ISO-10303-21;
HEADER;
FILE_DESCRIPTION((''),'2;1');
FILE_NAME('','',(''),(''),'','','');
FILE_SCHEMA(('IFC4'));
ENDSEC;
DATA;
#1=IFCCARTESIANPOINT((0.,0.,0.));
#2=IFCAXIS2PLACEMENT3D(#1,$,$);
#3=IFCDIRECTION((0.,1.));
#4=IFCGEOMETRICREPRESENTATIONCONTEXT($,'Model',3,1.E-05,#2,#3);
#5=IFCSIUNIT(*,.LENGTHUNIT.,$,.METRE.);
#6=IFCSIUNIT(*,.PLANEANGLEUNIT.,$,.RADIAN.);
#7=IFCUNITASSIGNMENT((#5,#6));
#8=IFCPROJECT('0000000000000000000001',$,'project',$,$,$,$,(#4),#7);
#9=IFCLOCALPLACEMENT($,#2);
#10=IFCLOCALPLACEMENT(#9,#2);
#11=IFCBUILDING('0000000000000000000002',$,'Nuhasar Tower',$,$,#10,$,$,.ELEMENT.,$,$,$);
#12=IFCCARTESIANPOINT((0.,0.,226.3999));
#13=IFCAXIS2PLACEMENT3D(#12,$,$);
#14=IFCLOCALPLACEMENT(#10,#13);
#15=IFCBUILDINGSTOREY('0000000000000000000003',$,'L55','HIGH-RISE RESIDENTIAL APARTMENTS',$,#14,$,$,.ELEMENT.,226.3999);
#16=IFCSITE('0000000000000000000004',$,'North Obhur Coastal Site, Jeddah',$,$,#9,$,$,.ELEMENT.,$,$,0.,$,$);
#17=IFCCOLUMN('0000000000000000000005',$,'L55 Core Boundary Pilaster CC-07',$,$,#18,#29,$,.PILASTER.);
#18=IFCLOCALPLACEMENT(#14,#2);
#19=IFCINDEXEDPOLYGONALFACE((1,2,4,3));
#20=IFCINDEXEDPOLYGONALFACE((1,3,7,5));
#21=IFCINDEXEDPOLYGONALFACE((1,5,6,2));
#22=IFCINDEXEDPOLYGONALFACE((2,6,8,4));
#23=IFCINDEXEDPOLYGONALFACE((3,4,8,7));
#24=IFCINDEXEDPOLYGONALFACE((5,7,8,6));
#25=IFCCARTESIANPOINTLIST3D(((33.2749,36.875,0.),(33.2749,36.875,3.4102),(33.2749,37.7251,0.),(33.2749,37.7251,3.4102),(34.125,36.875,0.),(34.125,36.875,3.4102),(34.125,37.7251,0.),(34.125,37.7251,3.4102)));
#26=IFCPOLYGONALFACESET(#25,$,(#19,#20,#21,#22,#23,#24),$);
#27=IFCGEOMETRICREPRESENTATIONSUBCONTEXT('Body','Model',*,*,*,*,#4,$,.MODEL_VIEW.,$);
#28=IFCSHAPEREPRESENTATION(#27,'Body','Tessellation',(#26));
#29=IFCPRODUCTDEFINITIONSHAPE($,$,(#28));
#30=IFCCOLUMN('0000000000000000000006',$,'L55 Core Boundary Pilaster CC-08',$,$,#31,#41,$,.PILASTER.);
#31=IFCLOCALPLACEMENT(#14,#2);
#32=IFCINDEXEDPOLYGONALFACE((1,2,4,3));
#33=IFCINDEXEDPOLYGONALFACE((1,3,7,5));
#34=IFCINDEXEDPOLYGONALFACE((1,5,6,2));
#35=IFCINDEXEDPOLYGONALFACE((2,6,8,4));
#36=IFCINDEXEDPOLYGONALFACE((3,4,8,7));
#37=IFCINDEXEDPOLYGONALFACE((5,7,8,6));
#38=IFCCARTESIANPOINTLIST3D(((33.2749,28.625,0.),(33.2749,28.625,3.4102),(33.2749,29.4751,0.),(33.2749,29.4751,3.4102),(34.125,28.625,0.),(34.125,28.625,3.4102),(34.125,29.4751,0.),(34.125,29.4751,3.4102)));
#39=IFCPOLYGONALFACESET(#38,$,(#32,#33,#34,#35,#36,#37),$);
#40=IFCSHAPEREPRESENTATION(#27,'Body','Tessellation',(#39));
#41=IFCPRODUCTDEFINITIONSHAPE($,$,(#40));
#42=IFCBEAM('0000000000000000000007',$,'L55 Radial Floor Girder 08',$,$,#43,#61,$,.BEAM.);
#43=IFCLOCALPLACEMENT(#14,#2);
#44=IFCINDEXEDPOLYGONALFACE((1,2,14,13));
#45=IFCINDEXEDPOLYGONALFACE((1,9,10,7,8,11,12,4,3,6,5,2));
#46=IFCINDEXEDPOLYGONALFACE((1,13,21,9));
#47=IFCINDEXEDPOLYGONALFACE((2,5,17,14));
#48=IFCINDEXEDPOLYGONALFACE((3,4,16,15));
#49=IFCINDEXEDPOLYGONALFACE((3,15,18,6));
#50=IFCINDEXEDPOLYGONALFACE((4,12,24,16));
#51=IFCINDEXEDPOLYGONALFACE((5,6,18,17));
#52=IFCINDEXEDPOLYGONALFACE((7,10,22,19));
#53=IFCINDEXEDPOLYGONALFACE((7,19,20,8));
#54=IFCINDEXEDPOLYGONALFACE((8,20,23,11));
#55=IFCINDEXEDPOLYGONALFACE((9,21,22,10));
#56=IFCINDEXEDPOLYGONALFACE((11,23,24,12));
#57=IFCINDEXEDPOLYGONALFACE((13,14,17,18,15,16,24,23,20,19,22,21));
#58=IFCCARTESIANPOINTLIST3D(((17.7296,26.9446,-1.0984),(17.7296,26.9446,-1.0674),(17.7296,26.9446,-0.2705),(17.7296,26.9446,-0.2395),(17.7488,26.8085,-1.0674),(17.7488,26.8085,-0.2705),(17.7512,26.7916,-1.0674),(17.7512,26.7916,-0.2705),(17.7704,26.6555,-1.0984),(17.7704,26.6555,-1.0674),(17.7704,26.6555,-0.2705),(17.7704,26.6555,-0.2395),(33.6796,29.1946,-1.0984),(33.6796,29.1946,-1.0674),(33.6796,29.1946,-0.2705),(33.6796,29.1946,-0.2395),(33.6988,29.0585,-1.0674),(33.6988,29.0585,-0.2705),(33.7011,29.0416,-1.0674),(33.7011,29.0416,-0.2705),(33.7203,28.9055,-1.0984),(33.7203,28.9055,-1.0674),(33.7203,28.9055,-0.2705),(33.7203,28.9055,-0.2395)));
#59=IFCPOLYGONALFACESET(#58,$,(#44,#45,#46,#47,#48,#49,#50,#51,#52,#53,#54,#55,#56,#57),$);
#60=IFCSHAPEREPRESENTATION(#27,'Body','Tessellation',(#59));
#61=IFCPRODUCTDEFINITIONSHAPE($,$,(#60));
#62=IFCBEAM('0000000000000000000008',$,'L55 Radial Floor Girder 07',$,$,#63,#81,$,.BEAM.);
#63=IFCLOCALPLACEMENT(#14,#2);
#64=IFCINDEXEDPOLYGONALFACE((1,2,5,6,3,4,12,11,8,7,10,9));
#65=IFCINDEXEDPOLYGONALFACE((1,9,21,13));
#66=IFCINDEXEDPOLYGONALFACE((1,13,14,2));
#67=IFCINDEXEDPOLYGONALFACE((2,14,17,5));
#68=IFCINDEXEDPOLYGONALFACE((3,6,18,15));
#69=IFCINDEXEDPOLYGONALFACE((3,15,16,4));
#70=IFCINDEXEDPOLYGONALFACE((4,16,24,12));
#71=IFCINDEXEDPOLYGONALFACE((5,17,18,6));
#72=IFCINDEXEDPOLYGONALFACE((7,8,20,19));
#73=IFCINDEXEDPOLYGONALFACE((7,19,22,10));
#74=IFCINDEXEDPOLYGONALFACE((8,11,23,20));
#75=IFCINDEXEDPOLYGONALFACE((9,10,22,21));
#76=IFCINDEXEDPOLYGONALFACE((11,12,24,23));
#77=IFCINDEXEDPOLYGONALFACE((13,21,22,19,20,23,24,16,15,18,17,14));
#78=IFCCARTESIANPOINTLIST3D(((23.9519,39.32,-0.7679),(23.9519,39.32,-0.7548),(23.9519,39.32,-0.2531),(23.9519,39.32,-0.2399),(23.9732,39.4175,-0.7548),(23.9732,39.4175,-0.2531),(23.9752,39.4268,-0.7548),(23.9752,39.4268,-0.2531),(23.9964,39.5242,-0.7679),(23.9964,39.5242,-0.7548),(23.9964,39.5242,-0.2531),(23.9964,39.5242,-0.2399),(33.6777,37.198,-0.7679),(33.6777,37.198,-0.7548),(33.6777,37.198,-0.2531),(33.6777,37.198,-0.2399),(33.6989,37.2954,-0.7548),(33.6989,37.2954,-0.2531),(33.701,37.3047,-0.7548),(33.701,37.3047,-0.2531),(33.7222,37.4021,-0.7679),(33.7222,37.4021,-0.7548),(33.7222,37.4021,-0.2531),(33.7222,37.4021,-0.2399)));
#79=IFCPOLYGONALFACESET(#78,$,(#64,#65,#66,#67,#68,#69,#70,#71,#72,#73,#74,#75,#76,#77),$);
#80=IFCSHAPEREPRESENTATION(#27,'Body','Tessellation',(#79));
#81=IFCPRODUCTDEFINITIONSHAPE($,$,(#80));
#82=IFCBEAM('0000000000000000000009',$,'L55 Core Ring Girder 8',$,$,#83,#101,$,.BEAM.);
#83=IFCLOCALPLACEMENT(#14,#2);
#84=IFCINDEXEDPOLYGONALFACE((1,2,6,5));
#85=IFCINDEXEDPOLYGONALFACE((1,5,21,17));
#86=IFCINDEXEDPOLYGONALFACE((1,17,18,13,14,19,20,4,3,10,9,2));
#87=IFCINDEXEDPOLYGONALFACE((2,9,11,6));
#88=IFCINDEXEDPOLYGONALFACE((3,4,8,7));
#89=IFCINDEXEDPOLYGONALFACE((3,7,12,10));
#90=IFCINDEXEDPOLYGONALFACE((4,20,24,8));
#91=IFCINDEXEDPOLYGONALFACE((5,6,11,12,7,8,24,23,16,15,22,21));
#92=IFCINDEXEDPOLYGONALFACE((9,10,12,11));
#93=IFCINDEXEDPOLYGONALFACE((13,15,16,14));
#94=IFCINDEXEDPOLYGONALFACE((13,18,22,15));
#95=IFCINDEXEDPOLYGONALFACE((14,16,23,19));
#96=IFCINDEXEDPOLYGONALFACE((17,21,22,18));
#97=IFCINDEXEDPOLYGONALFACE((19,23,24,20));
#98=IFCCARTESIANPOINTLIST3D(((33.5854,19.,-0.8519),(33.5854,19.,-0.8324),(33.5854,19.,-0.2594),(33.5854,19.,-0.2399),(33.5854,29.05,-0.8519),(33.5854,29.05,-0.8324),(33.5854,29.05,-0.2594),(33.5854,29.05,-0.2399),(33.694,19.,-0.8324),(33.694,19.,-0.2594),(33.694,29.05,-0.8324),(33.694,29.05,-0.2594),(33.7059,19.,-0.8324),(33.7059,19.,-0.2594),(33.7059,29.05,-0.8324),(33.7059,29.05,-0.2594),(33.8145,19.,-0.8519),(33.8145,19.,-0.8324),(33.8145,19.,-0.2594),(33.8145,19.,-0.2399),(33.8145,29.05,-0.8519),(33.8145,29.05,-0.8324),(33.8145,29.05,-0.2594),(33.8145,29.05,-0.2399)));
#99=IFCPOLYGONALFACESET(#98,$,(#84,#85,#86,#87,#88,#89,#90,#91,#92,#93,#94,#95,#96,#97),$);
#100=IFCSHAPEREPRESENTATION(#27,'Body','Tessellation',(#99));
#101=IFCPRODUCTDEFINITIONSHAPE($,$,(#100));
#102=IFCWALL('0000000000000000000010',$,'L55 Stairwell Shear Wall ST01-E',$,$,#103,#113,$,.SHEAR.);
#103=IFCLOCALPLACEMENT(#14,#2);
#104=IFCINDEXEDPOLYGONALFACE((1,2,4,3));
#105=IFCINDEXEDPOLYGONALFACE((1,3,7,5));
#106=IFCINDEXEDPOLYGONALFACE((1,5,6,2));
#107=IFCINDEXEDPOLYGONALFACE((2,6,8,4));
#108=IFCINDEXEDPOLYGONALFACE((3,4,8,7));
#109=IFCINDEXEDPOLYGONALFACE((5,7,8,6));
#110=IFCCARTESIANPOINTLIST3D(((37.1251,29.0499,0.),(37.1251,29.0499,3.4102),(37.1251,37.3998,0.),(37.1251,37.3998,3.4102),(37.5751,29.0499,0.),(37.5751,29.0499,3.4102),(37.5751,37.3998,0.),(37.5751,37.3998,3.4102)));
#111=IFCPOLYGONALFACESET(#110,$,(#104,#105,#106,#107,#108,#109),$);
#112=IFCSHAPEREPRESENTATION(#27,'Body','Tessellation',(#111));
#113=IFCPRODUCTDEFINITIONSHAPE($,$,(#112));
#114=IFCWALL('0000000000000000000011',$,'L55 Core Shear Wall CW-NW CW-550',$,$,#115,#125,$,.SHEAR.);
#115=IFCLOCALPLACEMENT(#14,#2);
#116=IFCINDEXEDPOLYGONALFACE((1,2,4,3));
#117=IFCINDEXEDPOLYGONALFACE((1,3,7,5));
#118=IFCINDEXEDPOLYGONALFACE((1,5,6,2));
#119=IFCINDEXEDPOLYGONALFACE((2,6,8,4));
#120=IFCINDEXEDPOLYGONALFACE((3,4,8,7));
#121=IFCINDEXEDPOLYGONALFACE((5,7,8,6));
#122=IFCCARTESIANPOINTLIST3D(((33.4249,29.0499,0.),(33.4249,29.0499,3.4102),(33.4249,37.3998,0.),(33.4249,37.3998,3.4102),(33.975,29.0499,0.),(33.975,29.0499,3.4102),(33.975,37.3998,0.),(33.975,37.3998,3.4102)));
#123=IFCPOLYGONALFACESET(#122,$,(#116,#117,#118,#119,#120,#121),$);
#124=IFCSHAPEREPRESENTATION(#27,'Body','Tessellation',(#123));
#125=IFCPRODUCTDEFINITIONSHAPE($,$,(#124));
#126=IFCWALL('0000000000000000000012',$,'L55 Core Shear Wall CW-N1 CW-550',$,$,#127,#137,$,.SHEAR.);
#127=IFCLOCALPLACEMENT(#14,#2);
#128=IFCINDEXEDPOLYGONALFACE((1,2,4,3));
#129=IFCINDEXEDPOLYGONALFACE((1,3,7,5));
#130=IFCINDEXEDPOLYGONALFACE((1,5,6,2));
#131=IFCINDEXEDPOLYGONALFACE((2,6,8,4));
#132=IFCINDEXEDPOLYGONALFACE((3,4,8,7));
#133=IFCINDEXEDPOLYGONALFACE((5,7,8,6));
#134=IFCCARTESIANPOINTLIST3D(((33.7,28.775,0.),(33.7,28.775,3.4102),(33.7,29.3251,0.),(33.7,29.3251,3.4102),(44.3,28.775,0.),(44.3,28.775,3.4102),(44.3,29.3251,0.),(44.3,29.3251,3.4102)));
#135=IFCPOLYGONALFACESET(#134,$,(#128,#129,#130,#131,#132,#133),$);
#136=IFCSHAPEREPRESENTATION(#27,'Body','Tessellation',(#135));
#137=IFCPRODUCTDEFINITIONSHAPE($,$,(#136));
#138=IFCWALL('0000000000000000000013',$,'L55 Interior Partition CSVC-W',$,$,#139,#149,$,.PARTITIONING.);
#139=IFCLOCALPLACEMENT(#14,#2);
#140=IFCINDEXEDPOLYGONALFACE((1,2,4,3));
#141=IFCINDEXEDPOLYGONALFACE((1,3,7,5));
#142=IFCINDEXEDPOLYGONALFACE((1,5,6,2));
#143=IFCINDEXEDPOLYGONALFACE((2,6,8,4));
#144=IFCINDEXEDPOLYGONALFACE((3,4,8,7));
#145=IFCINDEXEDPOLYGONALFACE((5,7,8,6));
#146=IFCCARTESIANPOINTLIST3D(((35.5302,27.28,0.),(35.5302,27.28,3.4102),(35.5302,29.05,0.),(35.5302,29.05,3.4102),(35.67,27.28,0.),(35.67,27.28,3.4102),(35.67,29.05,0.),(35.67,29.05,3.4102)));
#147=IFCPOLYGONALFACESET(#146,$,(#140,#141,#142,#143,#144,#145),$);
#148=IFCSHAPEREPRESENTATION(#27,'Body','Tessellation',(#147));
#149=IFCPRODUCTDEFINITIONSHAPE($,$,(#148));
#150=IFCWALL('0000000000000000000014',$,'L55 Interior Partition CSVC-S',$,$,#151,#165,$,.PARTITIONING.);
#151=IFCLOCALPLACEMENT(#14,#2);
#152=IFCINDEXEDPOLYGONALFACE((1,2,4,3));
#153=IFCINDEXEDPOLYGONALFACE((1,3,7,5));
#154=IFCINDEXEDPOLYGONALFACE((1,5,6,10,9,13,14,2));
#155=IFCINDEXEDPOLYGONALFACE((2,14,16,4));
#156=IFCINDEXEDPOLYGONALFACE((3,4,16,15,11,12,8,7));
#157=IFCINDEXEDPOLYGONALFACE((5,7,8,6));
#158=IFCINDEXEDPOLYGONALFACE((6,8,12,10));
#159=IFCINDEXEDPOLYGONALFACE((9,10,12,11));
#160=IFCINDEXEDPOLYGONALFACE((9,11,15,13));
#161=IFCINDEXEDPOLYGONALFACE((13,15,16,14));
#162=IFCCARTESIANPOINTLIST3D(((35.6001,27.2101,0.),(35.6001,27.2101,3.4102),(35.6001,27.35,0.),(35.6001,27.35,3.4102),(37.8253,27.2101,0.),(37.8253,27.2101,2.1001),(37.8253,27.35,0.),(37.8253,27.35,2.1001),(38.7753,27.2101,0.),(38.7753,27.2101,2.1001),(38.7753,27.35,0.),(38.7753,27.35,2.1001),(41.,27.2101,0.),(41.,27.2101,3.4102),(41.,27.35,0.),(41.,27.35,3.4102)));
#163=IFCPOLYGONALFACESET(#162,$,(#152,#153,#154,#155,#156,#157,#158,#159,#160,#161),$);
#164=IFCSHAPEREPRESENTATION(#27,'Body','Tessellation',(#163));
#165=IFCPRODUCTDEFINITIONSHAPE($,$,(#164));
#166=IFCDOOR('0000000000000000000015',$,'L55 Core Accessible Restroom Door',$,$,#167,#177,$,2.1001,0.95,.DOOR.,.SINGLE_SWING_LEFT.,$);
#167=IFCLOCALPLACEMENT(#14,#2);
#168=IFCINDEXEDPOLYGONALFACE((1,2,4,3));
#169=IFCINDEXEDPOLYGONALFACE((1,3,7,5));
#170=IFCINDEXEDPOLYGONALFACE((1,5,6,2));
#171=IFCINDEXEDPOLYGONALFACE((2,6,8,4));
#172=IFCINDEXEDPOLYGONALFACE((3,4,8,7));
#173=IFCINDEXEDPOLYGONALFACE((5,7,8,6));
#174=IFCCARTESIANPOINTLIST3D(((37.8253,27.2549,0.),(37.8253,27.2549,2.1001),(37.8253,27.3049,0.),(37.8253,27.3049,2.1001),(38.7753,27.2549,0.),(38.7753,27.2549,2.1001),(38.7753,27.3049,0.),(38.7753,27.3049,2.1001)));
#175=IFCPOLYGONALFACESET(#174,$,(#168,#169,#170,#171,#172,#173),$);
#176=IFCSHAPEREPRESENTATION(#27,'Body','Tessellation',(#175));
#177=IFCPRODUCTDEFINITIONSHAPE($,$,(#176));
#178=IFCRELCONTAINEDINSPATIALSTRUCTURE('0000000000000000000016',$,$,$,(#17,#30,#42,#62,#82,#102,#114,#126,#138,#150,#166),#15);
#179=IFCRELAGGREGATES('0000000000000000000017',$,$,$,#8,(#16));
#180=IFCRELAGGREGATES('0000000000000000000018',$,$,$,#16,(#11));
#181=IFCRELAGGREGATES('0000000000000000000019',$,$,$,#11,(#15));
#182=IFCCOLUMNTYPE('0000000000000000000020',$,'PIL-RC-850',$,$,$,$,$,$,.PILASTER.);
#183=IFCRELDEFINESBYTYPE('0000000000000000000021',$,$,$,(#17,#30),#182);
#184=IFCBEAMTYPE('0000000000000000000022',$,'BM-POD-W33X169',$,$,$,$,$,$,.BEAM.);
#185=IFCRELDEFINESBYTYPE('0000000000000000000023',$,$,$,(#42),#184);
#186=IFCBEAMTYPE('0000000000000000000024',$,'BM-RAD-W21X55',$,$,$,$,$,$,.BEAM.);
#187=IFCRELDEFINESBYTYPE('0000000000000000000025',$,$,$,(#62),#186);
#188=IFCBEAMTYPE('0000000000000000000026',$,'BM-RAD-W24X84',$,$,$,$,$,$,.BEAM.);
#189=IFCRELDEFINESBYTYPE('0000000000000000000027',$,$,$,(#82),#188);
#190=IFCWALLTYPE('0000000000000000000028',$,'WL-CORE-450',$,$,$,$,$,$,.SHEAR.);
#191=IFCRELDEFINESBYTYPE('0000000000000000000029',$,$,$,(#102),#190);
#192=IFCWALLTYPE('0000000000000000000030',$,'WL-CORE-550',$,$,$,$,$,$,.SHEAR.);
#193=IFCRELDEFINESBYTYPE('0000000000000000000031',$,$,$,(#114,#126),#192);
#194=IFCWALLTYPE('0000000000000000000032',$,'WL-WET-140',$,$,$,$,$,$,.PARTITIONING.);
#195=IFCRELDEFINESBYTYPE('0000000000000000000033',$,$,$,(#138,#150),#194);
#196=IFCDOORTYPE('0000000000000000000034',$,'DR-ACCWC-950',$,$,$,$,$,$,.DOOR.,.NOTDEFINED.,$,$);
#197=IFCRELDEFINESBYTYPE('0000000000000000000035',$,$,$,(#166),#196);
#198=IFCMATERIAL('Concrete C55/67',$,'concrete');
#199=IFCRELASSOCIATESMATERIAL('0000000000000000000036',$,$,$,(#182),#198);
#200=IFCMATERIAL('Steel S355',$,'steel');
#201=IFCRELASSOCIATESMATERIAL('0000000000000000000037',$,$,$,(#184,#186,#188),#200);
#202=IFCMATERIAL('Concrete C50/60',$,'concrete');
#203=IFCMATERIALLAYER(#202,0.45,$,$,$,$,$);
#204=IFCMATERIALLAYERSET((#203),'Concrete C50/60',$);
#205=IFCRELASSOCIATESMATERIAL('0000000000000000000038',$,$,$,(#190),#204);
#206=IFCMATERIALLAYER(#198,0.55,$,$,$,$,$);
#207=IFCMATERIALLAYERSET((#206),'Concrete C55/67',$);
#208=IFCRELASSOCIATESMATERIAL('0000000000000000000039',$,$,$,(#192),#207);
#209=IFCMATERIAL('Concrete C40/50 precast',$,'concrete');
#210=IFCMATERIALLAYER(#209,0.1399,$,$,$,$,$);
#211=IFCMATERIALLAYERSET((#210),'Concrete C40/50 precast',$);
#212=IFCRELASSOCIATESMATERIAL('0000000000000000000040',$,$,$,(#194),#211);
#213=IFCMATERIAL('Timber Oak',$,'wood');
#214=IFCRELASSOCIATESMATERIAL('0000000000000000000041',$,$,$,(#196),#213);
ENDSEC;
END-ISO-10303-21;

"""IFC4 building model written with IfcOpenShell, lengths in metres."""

from ifc_helpers import new_model, si_unit, direction, frame, frame_2d, origin, origin_2d, place, context, subcontext, project, spatial, rectangle, i_section, extrude, material, layer, layer_set, material_profile, profile_set, type_object, element, fill, save


model = new_model("IFC4")

# Units and contexts
model_context = context("Model", 3, precision=1e-05, world=origin(), true_north=direction((0.0, 1.0)))
body_context = subcontext(model_context, "Body", "Model", "MODEL_VIEW")
ifc_project = project(units=[si_unit("LENGTHUNIT", "METRE"), si_unit("PLANEANGLEUNIT", "RADIAN")], contexts=[model_context])

# Site, building, storey
site_placement = place(None, origin())
site = spatial("IfcSite", under=ifc_project, at=site_placement, Name="North Obhur Coastal Site, Jeddah", CompositionType="ELEMENT", RefElevation=0.0)
building_placement = place(site_placement, origin())
building = spatial("IfcBuilding", under=site, at=building_placement, Name="Nuhasar Tower", CompositionType="ELEMENT")
storey_placement = place(building_placement, frame((0.0, 0.0, 226.3999)))
storey = spatial("IfcBuildingStorey", under=building, at=storey_placement, Name="L55", Description="HIGH-RISE RESIDENTIAL APARTMENTS", CompositionType="ELEMENT", Elevation=226.3999)

# Columns
ifc_material_1 = material(Name="Concrete C55/67", Category="concrete")
ifc_material_profile_1 = material_profile(ifc_material_1, rectangle(XDim=0.8501, YDim=0.8501, at=origin_2d()), Name="RC850X850")
ifc_profile_set_1 = profile_set([ifc_material_profile_1], Name="Concrete C55/67")
column_type = type_object("IfcColumnType", Name="PIL-RC-850", PredefinedType="PILASTER", material=ifc_profile_set_1)
for number, where, z_axis, x_axis, name in (
    (1, (33.7, 37.3, 0.0), (0.0, 0.0, 1.0), (1.0, 0.0, 0.0), "L55 Core Boundary Pilaster CC-07"),
    (2, (33.7, 29.05, 0.0), (0.0, 0.0, 1.0), (1.0, 0.0, 0.0), "L55 Core Boundary Pilaster CC-08"),
):
    element("IfcColumn", number, at=place(storey_placement, frame(where, z_axis=z_axis, x_axis=x_axis)), inside=storey, type_object=column_type, Name=name, PredefinedType="PILASTER", context=body_context, shape_type="SweptSolid", body=[
        extrude(rectangle(XDim=0.8501, YDim=0.8501, at=origin_2d()), origin(), (0.0, 0.0, 1.0), 3.4102),
    ])

# Beams
ifc_material_2 = material(Name="Steel S355", Category="steel")
ifc_material_profile_2 = material_profile(ifc_material_2, i_section(OverallWidth=0.292, OverallDepth=0.8589, WebThickness=0.0171, FlangeThickness=0.031, at=origin_2d()), Name="W33X169")
ifc_profile_set_2 = profile_set([ifc_material_profile_2], Name="Steel S355")
beam_type_1 = type_object("IfcBeamType", Name="BM-POD-W33X169", PredefinedType="BEAM", material=ifc_profile_set_2)
beam_1_placement = place(storey_placement, frame((33.7, 29.05, -0.6689), z_axis=(-0.990196, -0.139683, 0.0), x_axis=(0.139683, -0.990196, 0.0)))
element("IfcBeam", 3, at=beam_1_placement, inside=storey, type_object=beam_type_1, Name="L55 Radial Floor Girder 08", PredefinedType="BEAM", context=body_context, shape_type="SweptSolid", body=[
    extrude(i_section(OverallWidth=0.292, OverallDepth=0.8589, WebThickness=0.0171, FlangeThickness=0.031, at=origin_2d()), origin(), (0.0, 0.0, 1.0), 16.1079),
])
ifc_material_profile_3 = material_profile(ifc_material_2, i_section(OverallWidth=0.209, OverallDepth=0.5281, WebThickness=0.0095, FlangeThickness=0.0132, at=origin_2d()), Name="W21X55")
ifc_profile_set_3 = profile_set([ifc_material_profile_3], Name="Steel S355")
beam_type_2 = type_object("IfcBeamType", Name="BM-RAD-W21X55", PredefinedType="BEAM", material=ifc_profile_set_3)
beam_2_placement = place(storey_placement, frame((33.7, 37.3, -0.5039), z_axis=(-0.977014, 0.213174, 0.0), x_axis=(-0.213174, -0.977014, 0.0)))
element("IfcBeam", 4, at=beam_2_placement, inside=storey, type_object=beam_type_2, Name="L55 Radial Floor Girder 07", PredefinedType="BEAM", context=body_context, shape_type="SweptSolid", body=[
    extrude(i_section(OverallWidth=0.209, OverallDepth=0.5281, WebThickness=0.0095, FlangeThickness=0.0132, at=origin_2d()), origin(), (0.0, 0.0, 1.0), 9.9546),
])
ifc_material_profile_4 = material_profile(ifc_material_2, i_section(OverallWidth=0.229, OverallDepth=0.6121, WebThickness=0.012, FlangeThickness=0.0195, at=origin_2d()), Name="W24X84")
ifc_profile_set_4 = profile_set([ifc_material_profile_4], Name="Steel S355")
beam_type_3 = type_object("IfcBeamType", Name="BM-RAD-W24X84", PredefinedType="BEAM", material=ifc_profile_set_4)
beam_3_placement = place(storey_placement, frame((33.7, 29.05, -0.5459), z_axis=(0.0, -1.0, 0.0), x_axis=(1.0, 0.0, 0.0)))
element("IfcBeam", 5, at=beam_3_placement, inside=storey, type_object=beam_type_3, Name="L55 Core Ring Girder 8", PredefinedType="BEAM", context=body_context, shape_type="SweptSolid", body=[
    extrude(i_section(OverallWidth=0.229, OverallDepth=0.6121, WebThickness=0.012, FlangeThickness=0.0195, at=origin_2d()), origin(), (0.0, 0.0, 1.0), 10.05),
])

# Walls
ifc_material_3 = material(Name="Concrete C50/60", Category="concrete")
ifc_layer_1 = layer(ifc_material_3, 0.45)
ifc_layer_set_1 = layer_set([ifc_layer_1], Name="Concrete C50/60")
wall_type_1 = type_object("IfcWallType", Name="WL-CORE-450", PredefinedType="SHEAR", material=ifc_layer_set_1)
wall_1_placement = place(storey_placement, frame((37.3501, 29.05, 0.0), z_axis=(0.0, 0.0, 1.0), x_axis=(0.0, 1.0, 0.0)))
element("IfcWall", 6, at=wall_1_placement, inside=storey, type_object=wall_type_1, Name="L55 Stairwell Shear Wall ST01-E", PredefinedType="SHEAR", context=body_context, shape_type="SweptSolid", body=[
    extrude(rectangle(XDim=8.3499, YDim=0.45, at=frame_2d((4.1748, 0.0))), origin(), (0.0, 0.0, 1.0), 3.4102),
])
ifc_layer_2 = layer(ifc_material_1, 0.55)
ifc_layer_set_2 = layer_set([ifc_layer_2], Name="Concrete C55/67")
wall_type_2 = type_object("IfcWallType", Name="WL-CORE-550", PredefinedType="SHEAR", material=ifc_layer_set_2)
wall_2_placement = place(storey_placement, frame((33.7, 29.05, 0.0), z_axis=(0.0, 0.0, 1.0), x_axis=(0.0, 1.0, 0.0)))
element("IfcWall", 7, at=wall_2_placement, inside=storey, type_object=wall_type_2, Name="L55 Core Shear Wall CW-NW CW-550", PredefinedType="SHEAR", context=body_context, shape_type="SweptSolid", body=[
    extrude(rectangle(XDim=8.3499, YDim=0.55, at=frame_2d((4.1748, 0.0))), origin(), (0.0, 0.0, 1.0), 3.4102),
])
wall_3_placement = place(storey_placement, frame((33.7, 29.05, 0.0), z_axis=(0.0, 0.0, 1.0), x_axis=(1.0, 0.0, 0.0)))
element("IfcWall", 8, at=wall_3_placement, inside=storey, type_object=wall_type_2, Name="L55 Core Shear Wall CW-N1 CW-550", PredefinedType="SHEAR", context=body_context, shape_type="SweptSolid", body=[
    extrude(rectangle(XDim=10.6001, YDim=0.55, at=frame_2d((5.3, 0.0))), origin(), (0.0, 0.0, 1.0), 3.4102),
])
ifc_material_4 = material(Name="Concrete C40/50 precast", Category="concrete")
ifc_layer_3 = layer(ifc_material_4, 0.1399)
ifc_layer_set_3 = layer_set([ifc_layer_3], Name="Concrete C40/50 precast")
wall_type_3 = type_object("IfcWallType", Name="WL-WET-140", PredefinedType="PARTITIONING", material=ifc_layer_set_3)
wall_4_placement = place(storey_placement, frame((35.6001, 27.28, 0.0), z_axis=(0.0, 0.0, 1.0), x_axis=(0.0, 1.0, 0.0)))
element("IfcWall", 9, at=wall_4_placement, inside=storey, type_object=wall_type_3, Name="L55 Interior Partition CSVC-W", PredefinedType="PARTITIONING", context=body_context, shape_type="SweptSolid", body=[
    extrude(rectangle(XDim=1.77, YDim=0.1399, at=frame_2d((0.885, 0.0))), origin(), (0.0, 0.0, 1.0), 3.4102),
])

# Wall, opening, door
wall_5_placement = place(storey_placement, frame((35.6001, 27.28, 0.0), z_axis=(0.0, 0.0, 1.0), x_axis=(1.0, 0.0, 0.0)))
wall_5 = element("IfcWall", 10, at=wall_5_placement, inside=storey, type_object=wall_type_3, Name="L55 Interior Partition CSVC-S", PredefinedType="PARTITIONING", context=body_context, shape_type="SweptSolid", body=[
    extrude(rectangle(XDim=5.3999, YDim=0.1399, at=frame_2d((2.7, 0.0))), origin(), (0.0, 0.0, 1.0), 3.4102),
])
opening_1_placement = place(wall_5_placement, frame((2.2251, 0.0, 0.0)))
opening_1 = element("IfcOpeningElement", 11, at=opening_1_placement, cuts=wall_5, PredefinedType="OPENING", context=body_context, shape_type="SweptSolid", body=[
    extrude(rectangle(XDim=0.95, YDim=2.1001, at=frame_2d((0.4751, 1.05))), frame((0.0, 0.0801, 0.0), z_axis=(0.0, -1.0, 0.0), x_axis=(1.0, 0.0, 0.0)), (0.0, 0.0, 1.0), 0.1599),
])
ifc_material_5 = material(Name="Timber Oak", Category="wood")
door_type_1 = type_object("IfcDoorType", Name="DR-ACCWC-950", OperationType="NOTDEFINED", PredefinedType="DOOR", material=ifc_material_5)
door_1_placement = place(opening_1_placement, origin())
door_1 = element("IfcDoor", 12, at=door_1_placement, inside=storey, type_object=door_type_1, Name="L55 Core Accessible Restroom Door", OperationType="SINGLE_SWING_LEFT", OverallHeight=2.1001, OverallWidth=0.95, PredefinedType="DOOR", context=body_context, shape_type="SweptSolid", body=[
    extrude(rectangle(XDim=0.95, YDim=2.1001, at=frame_2d((0.4751, 1.05))), frame((0.0, 0.0249, 0.0), z_axis=(0.0, -1.0, 0.0), x_axis=(1.0, 0.0, 0.0)), (0.0, 0.0, 1.0), 0.05),
])
fill(opening_1, door_1)

save(model, "model.ifc")
